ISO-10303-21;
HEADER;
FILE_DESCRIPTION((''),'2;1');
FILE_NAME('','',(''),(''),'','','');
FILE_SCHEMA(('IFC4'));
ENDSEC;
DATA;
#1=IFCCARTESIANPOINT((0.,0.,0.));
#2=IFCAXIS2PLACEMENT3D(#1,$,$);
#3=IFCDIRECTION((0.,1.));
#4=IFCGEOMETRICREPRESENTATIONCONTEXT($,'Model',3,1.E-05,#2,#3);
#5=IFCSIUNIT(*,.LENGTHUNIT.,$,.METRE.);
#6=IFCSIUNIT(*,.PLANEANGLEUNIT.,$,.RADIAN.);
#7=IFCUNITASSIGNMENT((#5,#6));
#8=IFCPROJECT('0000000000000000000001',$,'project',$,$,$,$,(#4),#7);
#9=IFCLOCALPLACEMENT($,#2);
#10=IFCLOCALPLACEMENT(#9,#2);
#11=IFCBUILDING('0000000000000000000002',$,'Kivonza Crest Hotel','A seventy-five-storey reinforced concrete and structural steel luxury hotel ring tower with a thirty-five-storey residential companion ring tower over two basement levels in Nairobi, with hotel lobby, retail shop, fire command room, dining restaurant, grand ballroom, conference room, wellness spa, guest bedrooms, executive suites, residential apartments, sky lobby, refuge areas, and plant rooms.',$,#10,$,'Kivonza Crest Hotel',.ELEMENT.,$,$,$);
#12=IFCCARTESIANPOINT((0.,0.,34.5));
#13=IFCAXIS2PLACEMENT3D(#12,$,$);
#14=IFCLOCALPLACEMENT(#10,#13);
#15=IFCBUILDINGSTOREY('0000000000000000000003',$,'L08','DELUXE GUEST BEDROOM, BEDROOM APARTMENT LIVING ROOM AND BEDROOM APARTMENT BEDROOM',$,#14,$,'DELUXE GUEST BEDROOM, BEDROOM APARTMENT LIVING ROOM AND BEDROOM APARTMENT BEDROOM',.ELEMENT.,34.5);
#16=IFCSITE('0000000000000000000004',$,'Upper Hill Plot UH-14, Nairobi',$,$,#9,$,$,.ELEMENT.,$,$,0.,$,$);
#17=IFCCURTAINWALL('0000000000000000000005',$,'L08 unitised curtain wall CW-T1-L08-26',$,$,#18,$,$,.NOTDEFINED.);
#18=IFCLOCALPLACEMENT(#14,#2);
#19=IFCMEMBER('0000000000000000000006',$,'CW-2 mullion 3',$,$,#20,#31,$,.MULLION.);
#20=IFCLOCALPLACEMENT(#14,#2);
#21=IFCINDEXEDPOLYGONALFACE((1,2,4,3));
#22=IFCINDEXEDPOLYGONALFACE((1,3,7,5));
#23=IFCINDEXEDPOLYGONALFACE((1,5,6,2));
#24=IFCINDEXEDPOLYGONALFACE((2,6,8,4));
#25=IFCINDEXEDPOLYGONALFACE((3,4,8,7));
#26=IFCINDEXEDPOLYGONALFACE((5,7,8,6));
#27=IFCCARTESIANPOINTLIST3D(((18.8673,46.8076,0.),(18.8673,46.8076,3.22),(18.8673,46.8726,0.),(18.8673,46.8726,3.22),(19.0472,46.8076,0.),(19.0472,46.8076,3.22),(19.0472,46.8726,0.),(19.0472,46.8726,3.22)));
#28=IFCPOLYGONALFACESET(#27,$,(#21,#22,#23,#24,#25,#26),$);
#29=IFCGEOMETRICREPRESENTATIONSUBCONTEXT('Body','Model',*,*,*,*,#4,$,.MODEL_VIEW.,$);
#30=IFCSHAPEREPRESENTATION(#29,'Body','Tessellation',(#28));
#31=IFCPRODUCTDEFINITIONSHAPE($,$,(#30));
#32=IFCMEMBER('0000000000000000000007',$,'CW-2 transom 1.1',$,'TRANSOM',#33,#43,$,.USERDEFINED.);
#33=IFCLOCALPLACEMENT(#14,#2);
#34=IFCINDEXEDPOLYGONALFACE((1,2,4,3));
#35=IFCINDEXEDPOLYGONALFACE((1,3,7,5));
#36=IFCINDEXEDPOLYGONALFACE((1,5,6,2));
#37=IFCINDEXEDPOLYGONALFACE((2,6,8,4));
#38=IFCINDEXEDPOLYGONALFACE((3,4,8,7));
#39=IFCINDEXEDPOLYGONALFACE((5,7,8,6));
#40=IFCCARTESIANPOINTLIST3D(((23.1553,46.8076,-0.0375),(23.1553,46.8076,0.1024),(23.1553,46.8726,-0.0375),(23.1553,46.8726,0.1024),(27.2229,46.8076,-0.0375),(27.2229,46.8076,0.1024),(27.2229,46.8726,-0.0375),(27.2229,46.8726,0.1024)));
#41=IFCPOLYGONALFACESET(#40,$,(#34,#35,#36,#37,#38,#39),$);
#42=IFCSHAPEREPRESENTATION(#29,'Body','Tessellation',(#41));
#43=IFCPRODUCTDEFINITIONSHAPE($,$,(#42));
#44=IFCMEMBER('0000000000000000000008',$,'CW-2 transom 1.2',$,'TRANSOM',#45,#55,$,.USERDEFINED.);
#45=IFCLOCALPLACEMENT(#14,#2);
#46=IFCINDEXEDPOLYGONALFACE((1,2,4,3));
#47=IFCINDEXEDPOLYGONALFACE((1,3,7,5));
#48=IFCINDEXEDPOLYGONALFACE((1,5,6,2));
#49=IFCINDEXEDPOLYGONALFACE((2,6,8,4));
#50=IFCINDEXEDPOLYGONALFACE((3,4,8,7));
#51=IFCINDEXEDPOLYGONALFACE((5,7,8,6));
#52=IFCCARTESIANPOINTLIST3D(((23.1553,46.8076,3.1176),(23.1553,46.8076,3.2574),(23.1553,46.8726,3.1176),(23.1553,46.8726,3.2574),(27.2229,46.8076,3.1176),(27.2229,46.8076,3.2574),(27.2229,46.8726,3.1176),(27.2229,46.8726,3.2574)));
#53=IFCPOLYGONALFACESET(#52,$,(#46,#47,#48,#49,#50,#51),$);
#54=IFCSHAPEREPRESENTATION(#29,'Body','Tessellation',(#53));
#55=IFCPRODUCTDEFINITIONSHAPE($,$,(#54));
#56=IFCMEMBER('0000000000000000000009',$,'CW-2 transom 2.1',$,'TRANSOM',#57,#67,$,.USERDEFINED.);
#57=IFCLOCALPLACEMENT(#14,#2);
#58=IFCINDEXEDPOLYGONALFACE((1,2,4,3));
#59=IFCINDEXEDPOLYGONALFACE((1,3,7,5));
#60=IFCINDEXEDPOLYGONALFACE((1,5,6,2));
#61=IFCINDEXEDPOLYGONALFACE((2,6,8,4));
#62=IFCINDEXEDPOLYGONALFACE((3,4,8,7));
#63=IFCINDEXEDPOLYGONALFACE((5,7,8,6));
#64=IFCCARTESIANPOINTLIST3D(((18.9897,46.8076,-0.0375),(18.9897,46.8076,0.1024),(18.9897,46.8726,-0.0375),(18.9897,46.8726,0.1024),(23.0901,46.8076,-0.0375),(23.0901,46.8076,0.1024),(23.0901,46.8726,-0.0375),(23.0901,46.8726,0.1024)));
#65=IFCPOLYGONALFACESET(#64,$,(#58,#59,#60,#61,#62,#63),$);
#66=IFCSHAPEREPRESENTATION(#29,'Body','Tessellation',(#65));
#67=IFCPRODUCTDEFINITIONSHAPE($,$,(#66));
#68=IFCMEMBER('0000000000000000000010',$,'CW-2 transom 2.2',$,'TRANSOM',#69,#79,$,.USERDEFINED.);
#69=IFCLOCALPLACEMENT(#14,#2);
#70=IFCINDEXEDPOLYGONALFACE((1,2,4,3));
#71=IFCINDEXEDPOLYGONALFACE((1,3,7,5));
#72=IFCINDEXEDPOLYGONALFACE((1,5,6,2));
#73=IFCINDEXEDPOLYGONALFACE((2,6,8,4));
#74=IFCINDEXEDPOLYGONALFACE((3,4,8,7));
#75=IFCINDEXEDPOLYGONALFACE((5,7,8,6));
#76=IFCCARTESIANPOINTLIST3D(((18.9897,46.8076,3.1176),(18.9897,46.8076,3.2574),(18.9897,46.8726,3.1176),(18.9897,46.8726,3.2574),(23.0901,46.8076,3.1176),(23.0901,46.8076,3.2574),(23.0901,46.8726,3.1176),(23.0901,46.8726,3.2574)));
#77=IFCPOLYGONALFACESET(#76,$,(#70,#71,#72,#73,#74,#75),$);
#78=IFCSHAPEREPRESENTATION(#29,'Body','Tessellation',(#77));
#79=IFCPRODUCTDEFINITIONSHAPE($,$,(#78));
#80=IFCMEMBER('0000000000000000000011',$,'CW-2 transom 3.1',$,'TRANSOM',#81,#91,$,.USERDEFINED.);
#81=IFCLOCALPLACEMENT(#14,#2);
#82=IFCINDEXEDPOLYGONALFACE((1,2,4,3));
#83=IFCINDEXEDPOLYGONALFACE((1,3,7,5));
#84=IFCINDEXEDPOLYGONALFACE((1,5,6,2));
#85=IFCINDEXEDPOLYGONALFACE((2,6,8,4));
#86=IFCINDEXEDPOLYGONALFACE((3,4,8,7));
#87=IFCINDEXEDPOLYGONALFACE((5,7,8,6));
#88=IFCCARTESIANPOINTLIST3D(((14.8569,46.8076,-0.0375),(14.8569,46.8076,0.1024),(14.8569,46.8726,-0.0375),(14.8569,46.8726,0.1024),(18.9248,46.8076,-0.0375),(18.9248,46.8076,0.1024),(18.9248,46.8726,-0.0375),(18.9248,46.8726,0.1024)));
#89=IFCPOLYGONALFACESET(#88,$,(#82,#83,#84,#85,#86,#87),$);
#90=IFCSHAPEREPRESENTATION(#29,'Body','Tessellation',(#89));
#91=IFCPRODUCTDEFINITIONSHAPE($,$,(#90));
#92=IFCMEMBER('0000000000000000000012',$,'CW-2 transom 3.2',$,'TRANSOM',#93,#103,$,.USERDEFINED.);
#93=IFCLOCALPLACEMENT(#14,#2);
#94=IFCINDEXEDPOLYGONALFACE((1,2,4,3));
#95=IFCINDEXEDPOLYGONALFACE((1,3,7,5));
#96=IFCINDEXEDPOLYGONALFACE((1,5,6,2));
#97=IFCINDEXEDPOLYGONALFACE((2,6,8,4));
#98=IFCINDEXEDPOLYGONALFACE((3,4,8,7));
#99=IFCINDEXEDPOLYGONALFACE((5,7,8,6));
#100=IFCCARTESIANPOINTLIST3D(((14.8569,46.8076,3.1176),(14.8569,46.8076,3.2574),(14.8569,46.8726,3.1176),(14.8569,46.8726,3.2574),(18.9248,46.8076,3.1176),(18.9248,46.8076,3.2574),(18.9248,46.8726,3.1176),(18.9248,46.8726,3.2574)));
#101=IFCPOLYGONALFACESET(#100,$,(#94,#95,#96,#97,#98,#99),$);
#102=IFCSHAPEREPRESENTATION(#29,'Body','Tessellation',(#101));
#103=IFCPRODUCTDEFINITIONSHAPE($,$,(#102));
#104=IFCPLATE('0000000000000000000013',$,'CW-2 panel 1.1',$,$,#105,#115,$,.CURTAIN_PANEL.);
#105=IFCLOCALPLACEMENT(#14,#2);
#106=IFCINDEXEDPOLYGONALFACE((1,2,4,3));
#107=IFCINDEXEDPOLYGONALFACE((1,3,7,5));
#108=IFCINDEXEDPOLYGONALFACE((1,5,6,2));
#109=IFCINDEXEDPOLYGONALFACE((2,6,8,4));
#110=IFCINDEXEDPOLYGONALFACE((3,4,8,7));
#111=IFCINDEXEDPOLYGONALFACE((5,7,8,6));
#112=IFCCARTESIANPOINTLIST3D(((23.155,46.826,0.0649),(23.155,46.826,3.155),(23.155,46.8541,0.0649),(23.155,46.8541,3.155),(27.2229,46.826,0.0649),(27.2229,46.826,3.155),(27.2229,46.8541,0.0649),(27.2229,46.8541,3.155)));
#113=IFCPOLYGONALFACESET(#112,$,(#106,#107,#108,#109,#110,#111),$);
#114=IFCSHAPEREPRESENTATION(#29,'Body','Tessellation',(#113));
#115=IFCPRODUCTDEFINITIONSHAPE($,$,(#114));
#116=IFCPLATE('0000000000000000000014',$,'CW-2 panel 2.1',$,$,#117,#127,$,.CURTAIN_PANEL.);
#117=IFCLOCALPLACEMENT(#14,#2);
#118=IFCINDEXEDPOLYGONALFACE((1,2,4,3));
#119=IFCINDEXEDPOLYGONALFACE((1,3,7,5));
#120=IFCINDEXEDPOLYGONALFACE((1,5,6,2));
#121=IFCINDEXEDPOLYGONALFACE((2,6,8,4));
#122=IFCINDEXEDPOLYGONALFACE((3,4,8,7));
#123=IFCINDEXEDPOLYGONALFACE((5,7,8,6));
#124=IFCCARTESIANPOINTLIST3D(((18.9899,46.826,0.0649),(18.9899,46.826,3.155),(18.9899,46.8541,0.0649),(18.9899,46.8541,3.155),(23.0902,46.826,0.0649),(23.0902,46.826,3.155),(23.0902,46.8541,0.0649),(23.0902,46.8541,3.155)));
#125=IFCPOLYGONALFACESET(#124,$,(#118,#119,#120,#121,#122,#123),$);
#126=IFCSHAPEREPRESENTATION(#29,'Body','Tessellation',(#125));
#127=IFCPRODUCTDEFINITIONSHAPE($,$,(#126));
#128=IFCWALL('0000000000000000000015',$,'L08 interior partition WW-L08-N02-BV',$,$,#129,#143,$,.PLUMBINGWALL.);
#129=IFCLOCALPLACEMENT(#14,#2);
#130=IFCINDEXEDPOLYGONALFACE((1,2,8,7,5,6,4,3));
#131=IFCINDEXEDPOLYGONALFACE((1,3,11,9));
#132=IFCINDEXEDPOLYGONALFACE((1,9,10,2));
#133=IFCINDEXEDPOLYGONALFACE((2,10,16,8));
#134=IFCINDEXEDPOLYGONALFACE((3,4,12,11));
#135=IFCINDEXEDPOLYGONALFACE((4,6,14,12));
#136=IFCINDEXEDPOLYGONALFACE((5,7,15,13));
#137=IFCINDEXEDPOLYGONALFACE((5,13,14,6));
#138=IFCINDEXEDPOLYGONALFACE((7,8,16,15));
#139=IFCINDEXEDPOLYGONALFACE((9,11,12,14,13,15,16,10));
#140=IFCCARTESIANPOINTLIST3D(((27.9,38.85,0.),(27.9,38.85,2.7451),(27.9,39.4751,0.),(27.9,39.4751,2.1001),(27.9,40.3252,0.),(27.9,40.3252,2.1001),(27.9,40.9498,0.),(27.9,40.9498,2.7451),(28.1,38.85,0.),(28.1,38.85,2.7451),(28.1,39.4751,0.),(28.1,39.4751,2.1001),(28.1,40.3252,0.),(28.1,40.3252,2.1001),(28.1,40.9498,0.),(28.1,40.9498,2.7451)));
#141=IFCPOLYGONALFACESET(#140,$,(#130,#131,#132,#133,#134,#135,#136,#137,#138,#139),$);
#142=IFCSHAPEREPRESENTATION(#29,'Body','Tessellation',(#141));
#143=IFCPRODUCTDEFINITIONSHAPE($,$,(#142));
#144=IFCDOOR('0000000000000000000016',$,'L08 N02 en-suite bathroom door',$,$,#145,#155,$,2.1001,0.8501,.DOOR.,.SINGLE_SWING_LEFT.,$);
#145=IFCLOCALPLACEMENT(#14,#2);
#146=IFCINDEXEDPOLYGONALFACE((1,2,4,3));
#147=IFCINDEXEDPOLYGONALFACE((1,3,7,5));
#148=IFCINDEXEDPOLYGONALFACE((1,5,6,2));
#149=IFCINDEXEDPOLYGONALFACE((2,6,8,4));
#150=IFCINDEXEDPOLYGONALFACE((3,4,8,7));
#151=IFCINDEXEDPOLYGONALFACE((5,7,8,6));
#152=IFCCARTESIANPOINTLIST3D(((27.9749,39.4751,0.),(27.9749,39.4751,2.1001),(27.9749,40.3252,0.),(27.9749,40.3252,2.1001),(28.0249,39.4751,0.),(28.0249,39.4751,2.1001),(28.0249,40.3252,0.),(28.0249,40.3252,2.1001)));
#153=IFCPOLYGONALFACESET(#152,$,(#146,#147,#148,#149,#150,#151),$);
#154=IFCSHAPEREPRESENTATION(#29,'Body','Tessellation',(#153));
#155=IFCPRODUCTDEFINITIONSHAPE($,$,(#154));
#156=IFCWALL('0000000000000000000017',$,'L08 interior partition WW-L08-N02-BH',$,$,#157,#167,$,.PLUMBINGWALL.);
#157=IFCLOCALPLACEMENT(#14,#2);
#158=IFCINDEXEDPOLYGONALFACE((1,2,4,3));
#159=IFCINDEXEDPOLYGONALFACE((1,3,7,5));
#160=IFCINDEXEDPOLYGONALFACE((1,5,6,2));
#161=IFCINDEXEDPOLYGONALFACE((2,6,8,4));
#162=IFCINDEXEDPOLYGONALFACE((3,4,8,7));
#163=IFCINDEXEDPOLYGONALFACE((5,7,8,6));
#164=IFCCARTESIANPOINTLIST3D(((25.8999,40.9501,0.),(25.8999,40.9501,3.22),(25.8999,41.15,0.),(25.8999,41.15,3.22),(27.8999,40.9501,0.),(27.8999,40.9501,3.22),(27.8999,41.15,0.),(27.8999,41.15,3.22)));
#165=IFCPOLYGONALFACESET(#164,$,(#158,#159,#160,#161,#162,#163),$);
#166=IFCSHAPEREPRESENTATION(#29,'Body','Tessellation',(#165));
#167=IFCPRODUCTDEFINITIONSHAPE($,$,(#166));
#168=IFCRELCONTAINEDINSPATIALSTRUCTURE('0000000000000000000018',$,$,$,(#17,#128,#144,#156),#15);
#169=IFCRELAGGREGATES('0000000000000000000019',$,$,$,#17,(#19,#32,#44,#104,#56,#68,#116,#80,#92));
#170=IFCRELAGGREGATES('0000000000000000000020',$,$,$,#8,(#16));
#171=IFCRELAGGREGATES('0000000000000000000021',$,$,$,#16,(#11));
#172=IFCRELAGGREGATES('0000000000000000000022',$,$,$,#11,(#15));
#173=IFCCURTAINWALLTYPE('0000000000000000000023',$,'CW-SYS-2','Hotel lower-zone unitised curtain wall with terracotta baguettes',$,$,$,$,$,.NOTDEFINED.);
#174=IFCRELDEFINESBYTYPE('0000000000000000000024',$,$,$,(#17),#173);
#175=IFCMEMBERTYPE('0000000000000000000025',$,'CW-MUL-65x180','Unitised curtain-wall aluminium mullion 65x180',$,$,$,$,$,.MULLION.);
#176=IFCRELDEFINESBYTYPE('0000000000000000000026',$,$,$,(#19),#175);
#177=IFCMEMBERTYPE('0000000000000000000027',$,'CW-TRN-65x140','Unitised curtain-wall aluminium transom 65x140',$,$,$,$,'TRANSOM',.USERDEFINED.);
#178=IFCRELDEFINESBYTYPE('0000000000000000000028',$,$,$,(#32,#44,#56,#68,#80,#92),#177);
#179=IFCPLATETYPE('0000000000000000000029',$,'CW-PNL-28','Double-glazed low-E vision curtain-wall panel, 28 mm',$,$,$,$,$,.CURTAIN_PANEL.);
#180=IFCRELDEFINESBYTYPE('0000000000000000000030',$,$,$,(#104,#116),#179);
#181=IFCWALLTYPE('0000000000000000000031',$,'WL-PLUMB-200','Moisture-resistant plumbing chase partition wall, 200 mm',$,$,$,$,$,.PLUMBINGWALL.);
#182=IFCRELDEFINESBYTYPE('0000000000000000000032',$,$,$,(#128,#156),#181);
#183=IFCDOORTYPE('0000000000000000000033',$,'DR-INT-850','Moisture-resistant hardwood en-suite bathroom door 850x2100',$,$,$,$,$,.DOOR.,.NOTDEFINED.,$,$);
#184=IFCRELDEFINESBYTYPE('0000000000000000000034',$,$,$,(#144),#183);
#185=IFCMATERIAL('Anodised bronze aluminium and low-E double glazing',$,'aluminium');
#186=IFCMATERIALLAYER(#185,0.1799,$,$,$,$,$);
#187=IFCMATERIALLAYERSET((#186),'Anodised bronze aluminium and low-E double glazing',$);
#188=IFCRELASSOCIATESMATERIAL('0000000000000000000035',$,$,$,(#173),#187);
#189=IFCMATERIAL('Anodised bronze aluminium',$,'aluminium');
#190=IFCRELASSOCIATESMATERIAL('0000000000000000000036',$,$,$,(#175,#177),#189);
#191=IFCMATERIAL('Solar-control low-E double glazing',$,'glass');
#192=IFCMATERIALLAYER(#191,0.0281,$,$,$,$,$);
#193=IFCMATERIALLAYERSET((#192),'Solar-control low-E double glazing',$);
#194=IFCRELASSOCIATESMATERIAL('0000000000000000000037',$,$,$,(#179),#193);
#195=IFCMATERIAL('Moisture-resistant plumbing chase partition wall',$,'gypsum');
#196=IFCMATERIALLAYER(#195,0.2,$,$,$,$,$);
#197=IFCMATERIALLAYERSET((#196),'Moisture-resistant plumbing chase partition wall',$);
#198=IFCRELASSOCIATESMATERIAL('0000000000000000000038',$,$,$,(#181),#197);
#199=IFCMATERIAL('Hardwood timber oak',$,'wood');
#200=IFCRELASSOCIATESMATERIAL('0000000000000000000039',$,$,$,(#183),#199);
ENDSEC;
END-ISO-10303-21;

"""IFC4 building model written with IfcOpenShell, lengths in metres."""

from ifc_helpers import new_model, si_unit, direction, frame, frame_2d, origin, origin_2d, place, context, subcontext, project, spatial, rectangle, extrude, material, layer, layer_set, material_profile, profile_set, type_object, element, fill, aggregate, save


model = new_model("IFC4")

# Units and contexts
model_context = context("Model", 3, precision=1e-05, world=origin(), true_north=direction((0.0, 1.0)))
body_context = subcontext(model_context, "Body", "Model", "MODEL_VIEW")
ifc_project = project(units=[si_unit("LENGTHUNIT", "METRE"), si_unit("PLANEANGLEUNIT", "RADIAN")], contexts=[model_context])

# Site, building, storey
site_placement = place(None, origin())
site = spatial("IfcSite", under=ifc_project, at=site_placement, Name="Upper Hill Plot UH-14, Nairobi", CompositionType="ELEMENT", RefElevation=0.0)
building_placement = place(site_placement, origin())
building = spatial("IfcBuilding", under=site, at=building_placement, Name="Kivonza Crest Hotel", Description="A seventy-five-storey reinforced concrete and structural steel luxury hotel ring tower with a thirty-five-storey residential companion ring tower over two basement levels in Nairobi, with hotel lobby, retail shop, fire command room, dining restaurant, grand ballroom, conference room, wellness spa, guest bedrooms, executive suites, residential apartments, sky lobby, refuge areas, and plant rooms.", LongName="Kivonza Crest Hotel", CompositionType="ELEMENT")
storey_placement = place(building_placement, frame((0.0, 0.0, 34.5)))
storey = spatial("IfcBuildingStorey", under=building, at=storey_placement, Name="L08", Description="DELUXE GUEST BEDROOM, BEDROOM APARTMENT LIVING ROOM AND BEDROOM APARTMENT BEDROOM", LongName="DELUXE GUEST BEDROOM, BEDROOM APARTMENT LIVING ROOM AND BEDROOM APARTMENT BEDROOM", CompositionType="ELEMENT", Elevation=34.5)

# Curtain wall, members, plates
ifc_material_1 = material(Name="Anodised bronze aluminium and low-E double glazing", Category="aluminium")
ifc_layer_1 = layer(ifc_material_1, 0.1799)
ifc_layer_set_1 = layer_set([ifc_layer_1], Name="Anodised bronze aluminium and low-E double glazing")
curtain_wall_type = type_object("IfcCurtainWallType", Name="CW-SYS-2", Description="Hotel lower-zone unitised curtain wall with terracotta baguettes", PredefinedType="NOTDEFINED", material=ifc_layer_set_1)
curtain_wall_placement = place(storey_placement, origin())
curtain_wall = element("IfcCurtainWall", 1, at=curtain_wall_placement, inside=storey, type_object=curtain_wall_type, Name="L08 unitised curtain wall CW-T1-L08-26", PredefinedType="NOTDEFINED")
ifc_material_2 = material(Name="Anodised bronze aluminium", Category="aluminium")
ifc_material_profile_1 = material_profile(ifc_material_2, rectangle(XDim=0.0649, YDim=0.1799, at=origin_2d()), Name="CW-M 65x180")
ifc_profile_set_1 = profile_set([ifc_material_profile_1], Name="Anodised bronze aluminium")
member_type_1 = type_object("IfcMemberType", Name="CW-MUL-65x180", Description="Unitised curtain-wall aluminium mullion 65x180", PredefinedType="MULLION", material=ifc_profile_set_1)
member_1_placement = place(storey_placement, frame((18.9573, 46.8401, 0.0), z_axis=(0.0, 0.0, 1.0), x_axis=(0.0, -1.0, 0.0)))
member_1 = element("IfcMember", 2, at=member_1_placement, type_object=member_type_1, Name="CW-2 mullion 3", PredefinedType="MULLION", context=body_context, shape_type="SweptSolid", body=[
    extrude(rectangle(XDim=0.0649, YDim=0.1799, at=origin_2d()), origin(), (0.0, 0.0, 1.0), 3.22),
])
ifc_material_profile_2 = material_profile(ifc_material_2, rectangle(XDim=0.0649, YDim=0.1399, at=origin_2d()), Name="CW-T 65x140")
ifc_profile_set_2 = profile_set([ifc_material_profile_2], Name="Anodised bronze aluminium")
member_type_2 = type_object("IfcMemberType", Name="CW-TRN-65x140", Description="Unitised curtain-wall aluminium transom 65x140", ElementType="TRANSOM", PredefinedType="USERDEFINED", material=ifc_profile_set_2)
member_2_placement = place(storey_placement, frame((27.2229, 46.8401, 0.0325), z_axis=(-1.0, 0.0, 0.0), x_axis=(0.0, -1.0, 0.0)))
member_2 = element("IfcMember", 3, at=member_2_placement, type_object=member_type_2, Name="CW-2 transom 1.1", ObjectType="TRANSOM", PredefinedType="USERDEFINED", context=body_context, shape_type="SweptSolid", body=[
    extrude(rectangle(XDim=0.0649, YDim=0.1399, at=origin_2d()), origin(), (0.0, 0.0, 1.0), 4.0676),
])
member_3_placement = place(storey_placement, frame((27.2229, 46.8401, 3.1875), z_axis=(-1.0, 0.0, 0.0), x_axis=(0.0, -1.0, 0.0)))
member_3 = element("IfcMember", 4, at=member_3_placement, type_object=member_type_2, Name="CW-2 transom 1.2", ObjectType="TRANSOM", PredefinedType="USERDEFINED", context=body_context, shape_type="SweptSolid", body=[
    extrude(rectangle(XDim=0.0649, YDim=0.1399, at=origin_2d()), origin(), (0.0, 0.0, 1.0), 4.0676),
])
member_4_placement = place(storey_placement, frame((23.0901, 46.8401, 0.0325), z_axis=(-1.0, 0.0, 0.0), x_axis=(0.0, -1.0, 0.0)))
member_4 = element("IfcMember", 5, at=member_4_placement, type_object=member_type_2, Name="CW-2 transom 2.1", ObjectType="TRANSOM", PredefinedType="USERDEFINED", context=body_context, shape_type="SweptSolid", body=[
    extrude(rectangle(XDim=0.0649, YDim=0.1399, at=origin_2d()), origin(), (0.0, 0.0, 1.0), 4.1003),
])
member_5_placement = place(storey_placement, frame((23.0901, 46.8401, 3.1875), z_axis=(-1.0, 0.0, 0.0), x_axis=(0.0, -1.0, 0.0)))
member_5 = element("IfcMember", 6, at=member_5_placement, type_object=member_type_2, Name="CW-2 transom 2.2", ObjectType="TRANSOM", PredefinedType="USERDEFINED", context=body_context, shape_type="SweptSolid", body=[
    extrude(rectangle(XDim=0.0649, YDim=0.1399, at=origin_2d()), origin(), (0.0, 0.0, 1.0), 4.1003),
])
member_6_placement = place(storey_placement, frame((18.9248, 46.8401, 0.0325), z_axis=(-1.0, 0.0, 0.0), x_axis=(0.0, -1.0, 0.0)))
member_6 = element("IfcMember", 7, at=member_6_placement, type_object=member_type_2, Name="CW-2 transom 3.1", ObjectType="TRANSOM", PredefinedType="USERDEFINED", context=body_context, shape_type="SweptSolid", body=[
    extrude(rectangle(XDim=0.0649, YDim=0.1399, at=origin_2d()), origin(), (0.0, 0.0, 1.0), 4.0679),
])
member_7_placement = place(storey_placement, frame((18.9248, 46.8401, 3.1875), z_axis=(-1.0, 0.0, 0.0), x_axis=(0.0, -1.0, 0.0)))
member_7 = element("IfcMember", 8, at=member_7_placement, type_object=member_type_2, Name="CW-2 transom 3.2", ObjectType="TRANSOM", PredefinedType="USERDEFINED", context=body_context, shape_type="SweptSolid", body=[
    extrude(rectangle(XDim=0.0649, YDim=0.1399, at=origin_2d()), origin(), (0.0, 0.0, 1.0), 4.0679),
])
ifc_material_3 = material(Name="Solar-control low-E double glazing", Category="glass")
ifc_layer_2 = layer(ifc_material_3, 0.0281)
ifc_layer_set_2 = layer_set([ifc_layer_2], Name="Solar-control low-E double glazing")
plate_type = type_object("IfcPlateType", Name="CW-PNL-28", Description="Double-glazed low-E vision curtain-wall panel, 28 mm", PredefinedType="CURTAIN_PANEL", material=ifc_layer_set_2)
plate_1_placement = place(storey_placement, frame((25.189, 46.8401, 0.0649), z_axis=(0.0, 0.0, 1.0), x_axis=(-1.0, 0.0, 0.0)))
plate_1 = element("IfcPlate", 9, at=plate_1_placement, type_object=plate_type, Name="CW-2 panel 1.1", PredefinedType="CURTAIN_PANEL", context=body_context, shape_type="SweptSolid", body=[
    extrude(rectangle(XDim=4.0679, YDim=0.0281, at=origin_2d()), origin(), (0.0, 0.0, 1.0), 3.0901),
])
plate_2_placement = place(storey_placement, frame((21.04, 46.8401, 0.0649), z_axis=(0.0, 0.0, 1.0), x_axis=(-1.0, 0.0, 0.0)))
plate_2 = element("IfcPlate", 10, at=plate_2_placement, type_object=plate_type, Name="CW-2 panel 2.1", PredefinedType="CURTAIN_PANEL", context=body_context, shape_type="SweptSolid", body=[
    extrude(rectangle(XDim=4.1003, YDim=0.0281, at=origin_2d()), origin(), (0.0, 0.0, 1.0), 3.0901),
])
aggregate(curtain_wall, [member_1, member_2, member_3, plate_1, member_4, member_5, plate_2, member_6, member_7])

# Wall, opening, door
ifc_material_4 = material(Name="Moisture-resistant plumbing chase partition wall", Category="gypsum")
ifc_layer_3 = layer(ifc_material_4, 0.2)
ifc_layer_set_3 = layer_set([ifc_layer_3], Name="Moisture-resistant plumbing chase partition wall")
wall_type = type_object("IfcWallType", Name="WL-PLUMB-200", Description="Moisture-resistant plumbing chase partition wall, 200 mm", PredefinedType="PLUMBINGWALL", material=ifc_layer_set_3)
wall_1_placement = place(storey_placement, frame((28.0, 38.8501, 0.0), z_axis=(0.0, 0.0, 1.0), x_axis=(0.0, 1.0, 0.0)))
wall_1 = element("IfcWall", 11, at=wall_1_placement, inside=storey, type_object=wall_type, Name="L08 interior partition WW-L08-N02-BV", PredefinedType="PLUMBINGWALL", context=body_context, shape_type="SweptSolid", body=[
    extrude(rectangle(XDim=2.0999, YDim=0.2, at=frame_2d((1.0498, 0.0))), origin(), (0.0, 0.0, 1.0), 2.7451),
])
opening_placement = place(wall_1_placement, frame((0.625, 0.0, 0.0)))
opening = element("IfcOpeningElement", 12, at=opening_placement, cuts=wall_1, PredefinedType="OPENING", context=body_context, shape_type="SweptSolid", body=[
    extrude(rectangle(XDim=0.8501, YDim=2.1001, at=frame_2d((0.425, 1.05))), frame((0.0, 0.1099, 0.0), z_axis=(0.0, -1.0, 0.0), x_axis=(1.0, 0.0, 0.0)), (0.0, 0.0, 1.0), 0.22),
])
ifc_material_5 = material(Name="Hardwood timber oak", Category="wood")
door_type = type_object("IfcDoorType", Name="DR-INT-850", Description="Moisture-resistant hardwood en-suite bathroom door 850x2100", OperationType="NOTDEFINED", PredefinedType="DOOR", material=ifc_material_5)
door_placement = place(opening_placement, frame((0.8501, 0.0, 0.0), z_axis=(0.0, 0.0, 1.0), x_axis=(-1.0, 0.0, 0.0)))
door = element("IfcDoor", 13, at=door_placement, inside=storey, type_object=door_type, Name="L08 N02 en-suite bathroom door", OperationType="SINGLE_SWING_LEFT", OverallHeight=2.1001, OverallWidth=0.8501, PredefinedType="DOOR", context=body_context, shape_type="SweptSolid", body=[
    extrude(rectangle(XDim=0.8501, YDim=2.1001, at=frame_2d((0.425, 1.05))), frame((0.0, 0.0249, 0.0), z_axis=(0.0, -1.0, 0.0), x_axis=(1.0, 0.0, 0.0)), (0.0, 0.0, 1.0), 0.05),
])
fill(opening, door)

# Wall
wall_2_placement = place(storey_placement, frame((25.8999, 41.05, 0.0), z_axis=(0.0, 0.0, 1.0), x_axis=(1.0, 0.0, 0.0)))
element("IfcWall", 14, at=wall_2_placement, inside=storey, type_object=wall_type, Name="L08 interior partition WW-L08-N02-BH", PredefinedType="PLUMBINGWALL", context=body_context, shape_type="SweptSolid", body=[
    extrude(rectangle(XDim=2.0, YDim=0.2, at=frame_2d((1.0, 0.0))), origin(), (0.0, 0.0, 1.0), 3.22),
])

save(model, "model.ifc")
